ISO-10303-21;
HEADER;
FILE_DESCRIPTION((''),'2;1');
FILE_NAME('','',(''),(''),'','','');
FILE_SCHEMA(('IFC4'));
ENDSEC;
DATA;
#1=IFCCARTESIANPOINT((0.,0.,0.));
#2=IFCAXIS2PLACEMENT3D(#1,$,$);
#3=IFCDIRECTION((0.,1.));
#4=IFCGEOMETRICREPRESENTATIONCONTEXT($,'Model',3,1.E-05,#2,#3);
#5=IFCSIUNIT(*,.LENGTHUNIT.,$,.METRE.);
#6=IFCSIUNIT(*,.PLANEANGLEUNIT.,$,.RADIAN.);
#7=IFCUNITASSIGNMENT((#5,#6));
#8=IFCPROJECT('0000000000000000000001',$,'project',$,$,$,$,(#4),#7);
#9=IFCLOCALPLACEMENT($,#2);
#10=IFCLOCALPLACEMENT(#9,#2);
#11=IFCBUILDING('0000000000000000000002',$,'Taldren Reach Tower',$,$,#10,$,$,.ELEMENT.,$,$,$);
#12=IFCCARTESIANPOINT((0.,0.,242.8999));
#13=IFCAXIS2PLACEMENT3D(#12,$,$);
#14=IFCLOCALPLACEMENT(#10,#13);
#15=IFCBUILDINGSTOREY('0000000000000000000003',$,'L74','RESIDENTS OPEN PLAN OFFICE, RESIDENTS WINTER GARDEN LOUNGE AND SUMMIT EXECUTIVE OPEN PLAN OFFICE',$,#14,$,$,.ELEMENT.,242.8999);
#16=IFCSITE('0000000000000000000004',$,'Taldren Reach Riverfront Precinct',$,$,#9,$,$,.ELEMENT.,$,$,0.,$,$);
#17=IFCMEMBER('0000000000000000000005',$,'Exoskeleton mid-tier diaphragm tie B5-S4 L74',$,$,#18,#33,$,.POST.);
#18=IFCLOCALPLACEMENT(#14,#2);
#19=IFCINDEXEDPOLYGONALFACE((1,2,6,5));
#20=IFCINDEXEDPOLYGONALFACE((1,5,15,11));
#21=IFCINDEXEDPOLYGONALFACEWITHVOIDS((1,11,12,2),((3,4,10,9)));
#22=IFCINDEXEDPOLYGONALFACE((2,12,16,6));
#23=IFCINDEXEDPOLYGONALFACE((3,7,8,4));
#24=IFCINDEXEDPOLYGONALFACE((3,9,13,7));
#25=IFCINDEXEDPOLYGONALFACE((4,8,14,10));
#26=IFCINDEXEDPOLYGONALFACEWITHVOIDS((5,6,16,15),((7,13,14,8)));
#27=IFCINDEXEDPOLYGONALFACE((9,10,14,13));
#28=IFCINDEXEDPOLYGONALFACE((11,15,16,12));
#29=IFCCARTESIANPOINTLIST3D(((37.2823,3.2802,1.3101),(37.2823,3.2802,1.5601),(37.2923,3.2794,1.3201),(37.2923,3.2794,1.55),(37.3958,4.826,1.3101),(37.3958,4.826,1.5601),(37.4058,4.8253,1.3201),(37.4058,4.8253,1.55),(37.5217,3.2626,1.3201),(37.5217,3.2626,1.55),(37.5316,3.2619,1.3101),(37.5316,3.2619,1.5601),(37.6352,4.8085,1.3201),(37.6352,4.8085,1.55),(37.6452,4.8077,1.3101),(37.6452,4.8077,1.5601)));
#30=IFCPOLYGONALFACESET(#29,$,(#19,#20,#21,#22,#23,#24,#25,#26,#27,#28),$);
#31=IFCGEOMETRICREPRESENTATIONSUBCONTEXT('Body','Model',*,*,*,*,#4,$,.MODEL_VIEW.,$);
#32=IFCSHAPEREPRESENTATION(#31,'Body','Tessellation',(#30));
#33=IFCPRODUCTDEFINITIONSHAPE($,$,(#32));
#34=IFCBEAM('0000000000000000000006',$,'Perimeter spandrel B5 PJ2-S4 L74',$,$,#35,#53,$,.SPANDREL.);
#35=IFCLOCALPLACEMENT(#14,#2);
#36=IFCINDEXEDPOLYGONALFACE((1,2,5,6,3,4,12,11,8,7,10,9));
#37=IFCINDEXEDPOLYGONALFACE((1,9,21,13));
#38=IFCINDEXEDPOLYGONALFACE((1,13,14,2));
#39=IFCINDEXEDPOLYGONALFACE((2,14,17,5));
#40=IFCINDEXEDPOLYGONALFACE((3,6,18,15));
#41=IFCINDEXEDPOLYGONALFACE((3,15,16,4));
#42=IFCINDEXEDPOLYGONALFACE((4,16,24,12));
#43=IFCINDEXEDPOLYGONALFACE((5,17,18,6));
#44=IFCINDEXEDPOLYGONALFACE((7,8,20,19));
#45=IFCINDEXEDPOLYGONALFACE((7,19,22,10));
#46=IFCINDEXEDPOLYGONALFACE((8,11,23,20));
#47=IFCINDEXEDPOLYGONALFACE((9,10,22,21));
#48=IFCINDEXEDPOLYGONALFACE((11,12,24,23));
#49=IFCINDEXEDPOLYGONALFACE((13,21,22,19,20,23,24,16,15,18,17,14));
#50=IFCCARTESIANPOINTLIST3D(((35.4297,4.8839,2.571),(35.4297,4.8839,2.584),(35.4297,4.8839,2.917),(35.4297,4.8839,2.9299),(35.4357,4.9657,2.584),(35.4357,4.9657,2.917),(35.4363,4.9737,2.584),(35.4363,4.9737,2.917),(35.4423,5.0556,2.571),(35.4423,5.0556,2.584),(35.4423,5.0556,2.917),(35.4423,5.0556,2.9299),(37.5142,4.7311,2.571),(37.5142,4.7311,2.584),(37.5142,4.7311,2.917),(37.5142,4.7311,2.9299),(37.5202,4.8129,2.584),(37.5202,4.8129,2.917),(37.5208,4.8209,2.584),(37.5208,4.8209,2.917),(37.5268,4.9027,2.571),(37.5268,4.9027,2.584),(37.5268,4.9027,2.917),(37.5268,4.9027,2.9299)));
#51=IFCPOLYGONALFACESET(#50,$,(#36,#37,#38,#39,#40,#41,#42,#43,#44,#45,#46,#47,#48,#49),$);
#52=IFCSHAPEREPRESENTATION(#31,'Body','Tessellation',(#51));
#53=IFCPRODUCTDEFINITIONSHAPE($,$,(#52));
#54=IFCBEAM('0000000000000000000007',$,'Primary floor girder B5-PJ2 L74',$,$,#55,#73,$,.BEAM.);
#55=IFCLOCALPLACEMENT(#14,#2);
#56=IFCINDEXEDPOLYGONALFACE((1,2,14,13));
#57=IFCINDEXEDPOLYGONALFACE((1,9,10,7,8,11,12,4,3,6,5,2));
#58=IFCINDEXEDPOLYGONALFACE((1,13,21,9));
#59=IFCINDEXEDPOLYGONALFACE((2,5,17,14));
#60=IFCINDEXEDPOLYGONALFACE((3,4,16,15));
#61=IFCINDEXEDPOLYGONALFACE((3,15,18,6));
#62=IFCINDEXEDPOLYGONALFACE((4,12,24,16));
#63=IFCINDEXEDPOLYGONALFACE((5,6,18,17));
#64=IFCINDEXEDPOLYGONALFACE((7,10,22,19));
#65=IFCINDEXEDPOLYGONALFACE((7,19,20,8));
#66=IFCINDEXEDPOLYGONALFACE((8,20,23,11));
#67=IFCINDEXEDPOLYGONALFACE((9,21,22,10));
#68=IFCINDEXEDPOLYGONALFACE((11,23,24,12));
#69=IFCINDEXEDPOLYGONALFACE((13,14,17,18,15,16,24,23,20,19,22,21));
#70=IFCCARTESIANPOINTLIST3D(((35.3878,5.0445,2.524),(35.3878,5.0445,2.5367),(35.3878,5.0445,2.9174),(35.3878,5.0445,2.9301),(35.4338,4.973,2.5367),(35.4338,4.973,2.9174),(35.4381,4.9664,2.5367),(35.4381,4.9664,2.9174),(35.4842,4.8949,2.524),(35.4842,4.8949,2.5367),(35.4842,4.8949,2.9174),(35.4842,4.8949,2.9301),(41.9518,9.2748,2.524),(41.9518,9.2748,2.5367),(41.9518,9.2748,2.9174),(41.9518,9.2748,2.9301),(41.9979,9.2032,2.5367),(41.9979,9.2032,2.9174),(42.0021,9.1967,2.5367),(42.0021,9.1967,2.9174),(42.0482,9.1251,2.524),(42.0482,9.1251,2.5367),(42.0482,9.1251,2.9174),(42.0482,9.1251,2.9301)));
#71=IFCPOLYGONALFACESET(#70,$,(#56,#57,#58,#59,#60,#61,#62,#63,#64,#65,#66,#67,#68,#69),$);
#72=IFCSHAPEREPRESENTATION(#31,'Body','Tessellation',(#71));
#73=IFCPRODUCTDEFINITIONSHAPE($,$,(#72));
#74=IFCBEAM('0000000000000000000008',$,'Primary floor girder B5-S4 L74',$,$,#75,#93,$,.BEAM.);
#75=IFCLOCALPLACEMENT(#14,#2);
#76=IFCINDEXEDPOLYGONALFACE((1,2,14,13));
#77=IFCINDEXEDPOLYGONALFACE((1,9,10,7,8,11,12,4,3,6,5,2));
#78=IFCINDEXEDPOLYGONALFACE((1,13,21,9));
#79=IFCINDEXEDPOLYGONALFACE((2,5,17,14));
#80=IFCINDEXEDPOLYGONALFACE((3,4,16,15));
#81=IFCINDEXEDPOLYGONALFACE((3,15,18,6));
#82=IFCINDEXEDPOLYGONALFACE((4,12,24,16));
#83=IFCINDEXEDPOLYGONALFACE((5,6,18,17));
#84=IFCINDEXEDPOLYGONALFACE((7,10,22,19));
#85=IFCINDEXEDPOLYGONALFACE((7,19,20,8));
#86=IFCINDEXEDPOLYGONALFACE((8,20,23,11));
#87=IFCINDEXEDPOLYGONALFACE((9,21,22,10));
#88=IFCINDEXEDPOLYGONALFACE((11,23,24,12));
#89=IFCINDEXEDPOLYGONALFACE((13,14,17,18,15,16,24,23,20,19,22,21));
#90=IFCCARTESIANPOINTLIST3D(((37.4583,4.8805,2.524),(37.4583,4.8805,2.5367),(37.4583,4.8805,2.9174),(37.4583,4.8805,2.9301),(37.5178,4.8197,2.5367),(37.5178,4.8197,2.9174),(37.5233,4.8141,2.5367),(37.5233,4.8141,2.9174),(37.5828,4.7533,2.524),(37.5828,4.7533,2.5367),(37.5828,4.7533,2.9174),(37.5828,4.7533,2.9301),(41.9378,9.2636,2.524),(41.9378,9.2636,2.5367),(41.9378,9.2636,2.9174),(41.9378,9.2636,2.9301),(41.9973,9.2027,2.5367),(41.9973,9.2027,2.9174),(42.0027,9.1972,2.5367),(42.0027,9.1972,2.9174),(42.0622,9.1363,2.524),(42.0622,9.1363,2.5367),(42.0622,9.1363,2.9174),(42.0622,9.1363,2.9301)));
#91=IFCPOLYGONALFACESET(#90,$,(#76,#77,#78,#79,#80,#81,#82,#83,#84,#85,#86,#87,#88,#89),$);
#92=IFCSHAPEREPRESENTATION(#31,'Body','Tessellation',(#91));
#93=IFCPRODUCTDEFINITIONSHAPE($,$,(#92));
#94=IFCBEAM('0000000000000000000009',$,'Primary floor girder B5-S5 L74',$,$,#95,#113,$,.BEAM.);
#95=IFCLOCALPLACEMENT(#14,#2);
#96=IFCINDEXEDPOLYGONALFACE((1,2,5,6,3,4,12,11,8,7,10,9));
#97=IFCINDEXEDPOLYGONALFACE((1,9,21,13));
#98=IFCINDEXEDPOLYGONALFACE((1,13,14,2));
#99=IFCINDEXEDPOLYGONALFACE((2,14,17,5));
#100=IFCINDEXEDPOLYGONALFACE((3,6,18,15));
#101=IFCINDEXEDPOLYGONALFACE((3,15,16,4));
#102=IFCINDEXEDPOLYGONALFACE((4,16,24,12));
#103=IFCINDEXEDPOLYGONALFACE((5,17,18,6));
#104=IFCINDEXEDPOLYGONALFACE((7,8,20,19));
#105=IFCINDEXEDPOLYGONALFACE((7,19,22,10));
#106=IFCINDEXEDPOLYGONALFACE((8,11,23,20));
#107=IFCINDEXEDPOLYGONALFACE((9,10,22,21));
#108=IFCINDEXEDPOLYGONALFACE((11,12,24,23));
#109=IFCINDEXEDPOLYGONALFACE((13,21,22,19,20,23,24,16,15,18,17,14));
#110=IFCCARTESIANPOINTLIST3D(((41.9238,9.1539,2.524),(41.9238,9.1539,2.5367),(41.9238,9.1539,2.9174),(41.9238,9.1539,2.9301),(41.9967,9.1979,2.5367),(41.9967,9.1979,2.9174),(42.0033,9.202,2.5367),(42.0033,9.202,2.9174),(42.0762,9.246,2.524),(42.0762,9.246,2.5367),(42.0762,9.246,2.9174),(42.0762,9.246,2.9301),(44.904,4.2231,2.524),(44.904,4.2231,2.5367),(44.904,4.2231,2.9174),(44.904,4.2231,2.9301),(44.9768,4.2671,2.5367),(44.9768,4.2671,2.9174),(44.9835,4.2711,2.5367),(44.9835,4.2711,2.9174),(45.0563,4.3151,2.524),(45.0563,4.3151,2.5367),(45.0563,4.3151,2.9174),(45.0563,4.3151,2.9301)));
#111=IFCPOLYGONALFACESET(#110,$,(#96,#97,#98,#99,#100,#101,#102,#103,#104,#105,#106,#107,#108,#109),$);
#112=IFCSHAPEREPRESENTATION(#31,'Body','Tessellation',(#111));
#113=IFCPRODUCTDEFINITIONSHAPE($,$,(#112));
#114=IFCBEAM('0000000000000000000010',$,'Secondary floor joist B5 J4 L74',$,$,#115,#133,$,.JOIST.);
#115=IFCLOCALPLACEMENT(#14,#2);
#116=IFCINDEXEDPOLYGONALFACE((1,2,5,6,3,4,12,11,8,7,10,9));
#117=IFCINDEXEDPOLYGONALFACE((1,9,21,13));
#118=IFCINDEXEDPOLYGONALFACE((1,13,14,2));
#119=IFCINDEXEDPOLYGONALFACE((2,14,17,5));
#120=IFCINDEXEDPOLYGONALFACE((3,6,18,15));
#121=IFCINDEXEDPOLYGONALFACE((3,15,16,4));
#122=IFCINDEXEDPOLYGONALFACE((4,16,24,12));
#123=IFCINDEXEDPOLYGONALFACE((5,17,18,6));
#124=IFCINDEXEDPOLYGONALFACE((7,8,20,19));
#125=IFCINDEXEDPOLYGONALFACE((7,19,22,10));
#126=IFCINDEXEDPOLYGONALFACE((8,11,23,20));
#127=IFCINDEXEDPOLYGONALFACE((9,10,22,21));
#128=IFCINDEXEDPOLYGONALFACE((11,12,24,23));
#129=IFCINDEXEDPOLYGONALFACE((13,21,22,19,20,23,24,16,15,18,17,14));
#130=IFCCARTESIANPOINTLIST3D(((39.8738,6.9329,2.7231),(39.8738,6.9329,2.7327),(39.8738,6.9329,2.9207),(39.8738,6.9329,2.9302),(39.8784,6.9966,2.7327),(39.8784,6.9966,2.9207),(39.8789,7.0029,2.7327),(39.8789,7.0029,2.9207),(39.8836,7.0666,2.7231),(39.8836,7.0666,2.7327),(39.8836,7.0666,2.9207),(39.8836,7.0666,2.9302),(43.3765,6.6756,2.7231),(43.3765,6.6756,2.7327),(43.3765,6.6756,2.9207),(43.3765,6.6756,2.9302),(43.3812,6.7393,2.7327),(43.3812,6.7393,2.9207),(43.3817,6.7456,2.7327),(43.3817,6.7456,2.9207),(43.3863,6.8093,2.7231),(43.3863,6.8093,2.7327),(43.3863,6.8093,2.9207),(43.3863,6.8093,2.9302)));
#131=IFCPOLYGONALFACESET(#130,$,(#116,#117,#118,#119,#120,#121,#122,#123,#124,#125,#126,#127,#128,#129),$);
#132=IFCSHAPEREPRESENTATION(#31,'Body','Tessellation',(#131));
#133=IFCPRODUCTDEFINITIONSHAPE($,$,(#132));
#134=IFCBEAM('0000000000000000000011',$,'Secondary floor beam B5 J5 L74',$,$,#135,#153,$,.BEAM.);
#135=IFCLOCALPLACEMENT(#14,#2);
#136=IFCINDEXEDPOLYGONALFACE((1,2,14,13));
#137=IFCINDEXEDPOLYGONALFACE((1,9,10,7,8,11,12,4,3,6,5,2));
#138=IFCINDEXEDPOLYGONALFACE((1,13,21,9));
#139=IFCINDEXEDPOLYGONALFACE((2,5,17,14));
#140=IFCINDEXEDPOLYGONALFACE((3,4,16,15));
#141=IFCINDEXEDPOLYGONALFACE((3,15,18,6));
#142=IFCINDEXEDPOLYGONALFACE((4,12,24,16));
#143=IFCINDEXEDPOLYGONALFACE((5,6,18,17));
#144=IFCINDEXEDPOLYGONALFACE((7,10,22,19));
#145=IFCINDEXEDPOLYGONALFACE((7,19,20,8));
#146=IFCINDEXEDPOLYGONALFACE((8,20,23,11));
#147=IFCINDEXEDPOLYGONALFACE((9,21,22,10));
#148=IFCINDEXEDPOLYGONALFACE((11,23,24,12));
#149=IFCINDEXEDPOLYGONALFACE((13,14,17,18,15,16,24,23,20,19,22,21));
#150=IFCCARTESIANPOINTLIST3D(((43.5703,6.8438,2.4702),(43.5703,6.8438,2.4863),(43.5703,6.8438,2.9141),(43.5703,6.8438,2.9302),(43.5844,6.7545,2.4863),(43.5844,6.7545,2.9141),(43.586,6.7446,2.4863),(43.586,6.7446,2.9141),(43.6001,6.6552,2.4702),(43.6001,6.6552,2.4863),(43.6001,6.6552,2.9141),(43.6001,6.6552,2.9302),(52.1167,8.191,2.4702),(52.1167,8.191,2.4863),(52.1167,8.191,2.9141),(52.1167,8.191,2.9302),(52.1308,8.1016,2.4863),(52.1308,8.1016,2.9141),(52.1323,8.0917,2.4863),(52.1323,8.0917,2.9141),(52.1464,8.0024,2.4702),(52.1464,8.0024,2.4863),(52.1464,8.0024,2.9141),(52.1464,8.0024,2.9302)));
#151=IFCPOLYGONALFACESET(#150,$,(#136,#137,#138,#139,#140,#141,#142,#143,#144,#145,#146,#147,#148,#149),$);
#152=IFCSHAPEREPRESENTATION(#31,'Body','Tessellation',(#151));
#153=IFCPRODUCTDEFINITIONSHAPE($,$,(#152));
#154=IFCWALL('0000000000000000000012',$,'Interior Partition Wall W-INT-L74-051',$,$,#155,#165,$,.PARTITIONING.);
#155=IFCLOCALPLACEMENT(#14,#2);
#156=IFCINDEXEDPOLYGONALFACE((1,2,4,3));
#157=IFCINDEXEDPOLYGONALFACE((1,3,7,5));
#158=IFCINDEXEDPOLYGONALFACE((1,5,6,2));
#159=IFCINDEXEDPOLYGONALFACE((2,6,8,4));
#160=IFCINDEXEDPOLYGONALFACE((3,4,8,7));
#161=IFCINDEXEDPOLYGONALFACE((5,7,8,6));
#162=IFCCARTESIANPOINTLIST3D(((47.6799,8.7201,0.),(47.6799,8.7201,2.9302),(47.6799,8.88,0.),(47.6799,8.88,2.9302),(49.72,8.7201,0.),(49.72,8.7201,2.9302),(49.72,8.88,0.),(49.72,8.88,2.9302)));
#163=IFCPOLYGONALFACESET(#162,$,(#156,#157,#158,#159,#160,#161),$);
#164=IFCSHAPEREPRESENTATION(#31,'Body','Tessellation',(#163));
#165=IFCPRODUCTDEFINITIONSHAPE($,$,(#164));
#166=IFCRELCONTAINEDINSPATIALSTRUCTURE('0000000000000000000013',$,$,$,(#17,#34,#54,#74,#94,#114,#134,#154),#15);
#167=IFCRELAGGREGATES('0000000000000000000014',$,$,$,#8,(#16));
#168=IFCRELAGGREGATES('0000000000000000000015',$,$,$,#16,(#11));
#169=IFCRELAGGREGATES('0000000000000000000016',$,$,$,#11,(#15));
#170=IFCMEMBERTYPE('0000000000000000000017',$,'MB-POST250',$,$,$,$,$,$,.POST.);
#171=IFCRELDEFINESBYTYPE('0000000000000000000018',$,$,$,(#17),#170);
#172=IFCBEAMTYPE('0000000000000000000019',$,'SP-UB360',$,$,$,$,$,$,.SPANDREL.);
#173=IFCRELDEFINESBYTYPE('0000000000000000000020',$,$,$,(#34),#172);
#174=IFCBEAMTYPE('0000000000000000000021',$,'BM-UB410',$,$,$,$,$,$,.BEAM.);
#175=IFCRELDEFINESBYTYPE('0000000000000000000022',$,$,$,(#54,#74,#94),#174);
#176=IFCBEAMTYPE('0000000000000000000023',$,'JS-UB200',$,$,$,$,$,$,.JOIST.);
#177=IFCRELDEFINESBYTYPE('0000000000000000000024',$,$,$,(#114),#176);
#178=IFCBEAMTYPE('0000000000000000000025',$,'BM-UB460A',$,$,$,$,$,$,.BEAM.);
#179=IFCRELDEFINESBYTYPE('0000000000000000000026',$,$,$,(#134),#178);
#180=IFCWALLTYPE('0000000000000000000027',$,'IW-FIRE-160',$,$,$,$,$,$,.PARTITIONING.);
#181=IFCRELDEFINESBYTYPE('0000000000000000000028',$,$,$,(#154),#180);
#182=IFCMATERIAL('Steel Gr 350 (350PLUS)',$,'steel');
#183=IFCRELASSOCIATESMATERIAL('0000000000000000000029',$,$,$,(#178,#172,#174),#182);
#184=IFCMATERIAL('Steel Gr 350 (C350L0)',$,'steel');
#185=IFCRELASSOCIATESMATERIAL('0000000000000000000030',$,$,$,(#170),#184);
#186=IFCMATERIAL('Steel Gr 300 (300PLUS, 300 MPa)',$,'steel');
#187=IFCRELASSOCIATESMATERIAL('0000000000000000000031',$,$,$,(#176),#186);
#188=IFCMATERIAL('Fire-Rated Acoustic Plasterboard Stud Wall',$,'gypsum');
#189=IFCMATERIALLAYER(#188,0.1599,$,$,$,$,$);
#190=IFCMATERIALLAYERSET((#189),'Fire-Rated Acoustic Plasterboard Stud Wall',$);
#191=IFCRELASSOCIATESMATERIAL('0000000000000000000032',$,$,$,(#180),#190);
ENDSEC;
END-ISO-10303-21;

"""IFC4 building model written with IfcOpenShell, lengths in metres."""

from ifc_helpers import new_model, si_unit, direction, frame, frame_2d, origin, origin_2d, place, context, subcontext, project, spatial, rectangle, hollow_rectangle, i_section, extrude, source, transform, mapped, material, layer, layer_set, material_profile, profile_set, type_object, element, save


model = new_model("IFC4")

# Units and contexts
model_context = context("Model", 3, precision=1e-05, world=origin(), true_north=direction((0.0, 1.0)))
body_context = subcontext(model_context, "Body", "Model", "MODEL_VIEW")
ifc_project = project(units=[si_unit("LENGTHUNIT", "METRE"), si_unit("PLANEANGLEUNIT", "RADIAN")], contexts=[model_context])

# Site, building, storey
site_placement = place(None, origin())
site = spatial("IfcSite", under=ifc_project, at=site_placement, Name="Taldren Reach Riverfront Precinct", CompositionType="ELEMENT", RefElevation=0.0)
building_placement = place(site_placement, origin())
building = spatial("IfcBuilding", under=site, at=building_placement, Name="Taldren Reach Tower", CompositionType="ELEMENT")
storey_placement = place(building_placement, frame((0.0, 0.0, 242.8999)))
storey = spatial("IfcBuildingStorey", under=building, at=storey_placement, Name="L74", Description="RESIDENTS OPEN PLAN OFFICE, RESIDENTS WINTER GARDEN LOUNGE AND SUMMIT EXECUTIVE OPEN PLAN OFFICE", CompositionType="ELEMENT", Elevation=242.8999)

# Shared definitions
ifc_material_1 = material(Name="Steel Gr 350 (350PLUS)", Category="steel")
ifc_material_2 = material(Name="Steel Gr 350 (C350L0)", Category="steel")

# Shared definitions
ifc_material_profile_1 = material_profile(ifc_material_1, i_section(OverallWidth=0.1909, OverallDepth=0.46, WebThickness=0.01, FlangeThickness=0.0161, at=origin_2d()), Name="460UB82.1")
ifc_profile_set_1 = profile_set([ifc_material_profile_1], Name="Steel Gr 350 (350PLUS)")
beam_type_1 = type_object("IfcBeamType", Name="BM-UB460A", PredefinedType="BEAM", material=ifc_profile_set_1)

# Member
ifc_material_profile_2 = material_profile(ifc_material_2, hollow_rectangle(XDim=0.25, YDim=0.25, WallThickness=0.01, at=origin_2d()), Name="250x250x10.0SHS")
ifc_profile_set_2 = profile_set([ifc_material_profile_2], Name="Steel Gr 350 (C350L0)")
member_type = type_object("IfcMemberType", Name="MB-POST250", PredefinedType="POST", material=ifc_profile_set_2)
shared_shape_1 = source(origin(), body_context, "Body", "SweptSolid", [
    extrude(hollow_rectangle(XDim=0.25, YDim=0.25, WallThickness=0.01, at=origin_2d()), origin(), (0.0, 0.0, 1.0), 1.55),
])
for number, where, z_axis, x_axis, name in (
    (1, (37.5205, 4.8169, 1.4351), (-0.073239, -0.997314, 0.0), (0.997314, -0.073239, 0.0), "Exoskeleton mid-tier diaphragm tie B5-S4 L74"),
):
    element("IfcMember", number, at=place(storey_placement, frame(where, z_axis=z_axis, x_axis=x_axis)), inside=storey, type_object=member_type, Name=name, PredefinedType="POST", context=body_context, shape_type="MappedRepresentation", body=[
        mapped(shared_shape_1, transform((0.0, 0.0, 0.0), scale=1.0)),
    ])

# Beams
ifc_material_profile_3 = material_profile(ifc_material_1, i_section(OverallWidth=0.1721, OverallDepth=0.3589, WebThickness=0.0081, FlangeThickness=0.0129, at=origin_2d()), Name="360UB56.7")
ifc_profile_set_3 = profile_set([ifc_material_profile_3], Name="Steel Gr 350 (350PLUS)")
beam_type_2 = type_object("IfcBeamType", Name="SP-UB360", PredefinedType="SPANDREL", material=ifc_profile_set_3)
shared_shape_2 = source(origin(), body_context, "Body", "SweptSolid", [
    extrude(i_section(OverallWidth=0.1721, OverallDepth=0.3589, WebThickness=0.0081, FlangeThickness=0.0129, at=origin_2d()), origin(), (0.0, 0.0, 1.0), 2.0901),
])
beam_1_placement = place(storey_placement, frame((35.436, 4.9697, 2.7505), z_axis=(0.997323, -0.073123, 0.0), x_axis=(0.073123, 0.997323, 0.0)))
element("IfcBeam", 2, at=beam_1_placement, inside=storey, type_object=beam_type_2, Name="Perimeter spandrel B5 PJ2-S4 L74", PredefinedType="SPANDREL", context=body_context, shape_type="MappedRepresentation", body=[
    mapped(shared_shape_2, transform((0.0, 0.0, 0.0), scale=1.0)),
])
ifc_material_profile_4 = material_profile(ifc_material_1, i_section(OverallWidth=0.178, OverallDepth=0.406, WebThickness=0.0078, FlangeThickness=0.0127, at=origin_2d()), Name="410UB59.7")
ifc_profile_set_4 = profile_set([ifc_material_profile_4], Name="Steel Gr 350 (350PLUS)")
beam_type_3 = type_object("IfcBeamType", Name="BM-UB410", PredefinedType="BEAM", material=ifc_profile_set_4)
shared_shape_3 = source(origin(), body_context, "Body", "SweptSolid", [
    extrude(i_section(OverallWidth=0.178, OverallDepth=0.406, WebThickness=0.0078, FlangeThickness=0.0127, at=origin_2d()), origin(), (0.0, 0.0, 1.0), 7.8091),
])
beam_2_placement = place(storey_placement, frame((42.0, 9.2, 2.7271), z_axis=(-0.840564, -0.541712, 0.0), x_axis=(0.541712, -0.840564, 0.0)))
element("IfcBeam", 3, at=beam_2_placement, inside=storey, type_object=beam_type_3, Name="Primary floor girder B5-PJ2 L74", PredefinedType="BEAM", context=body_context, shape_type="MappedRepresentation", body=[
    mapped(shared_shape_3, transform((0.0, 0.0, 0.0), scale=1.0)),
])
shared_shape_4 = source(origin(), body_context, "Body", "SweptSolid", [
    extrude(i_section(OverallWidth=0.178, OverallDepth=0.406, WebThickness=0.0078, FlangeThickness=0.0127, at=origin_2d()), origin(), (0.0, 0.0, 1.0), 6.2671),
])
beam_3_placement = place(storey_placement, frame((42.0, 9.2, 2.7271), z_axis=(-0.714759, -0.699371, 0.0), x_axis=(0.699371, -0.714759, 0.0)))
element("IfcBeam", 4, at=beam_3_placement, inside=storey, type_object=beam_type_3, Name="Primary floor girder B5-S4 L74", PredefinedType="BEAM", context=body_context, shape_type="MappedRepresentation", body=[
    mapped(shared_shape_4, transform((0.0, 0.0, 0.0), scale=1.0)),
])
shared_shape_5 = source(origin(), body_context, "Body", "SweptSolid", [
    extrude(i_section(OverallWidth=0.178, OverallDepth=0.406, WebThickness=0.0078, FlangeThickness=0.0127, at=origin_2d()), origin(), (0.0, 0.0, 1.0), 5.7615),
])
beam_4_placement = place(storey_placement, frame((42.0, 9.2, 2.7271), z_axis=(0.51726, -0.855828, 0.0), x_axis=(0.855828, 0.51726, 0.0)))
element("IfcBeam", 5, at=beam_4_placement, inside=storey, type_object=beam_type_3, Name="Primary floor girder B5-S5 L74", PredefinedType="BEAM", context=body_context, shape_type="MappedRepresentation", body=[
    mapped(shared_shape_5, transform((0.0, 0.0, 0.0), scale=1.0)),
])
ifc_material_3 = material(Name="Steel Gr 300 (300PLUS, 300 MPa)", Category="steel")
ifc_material_profile_5 = material_profile(ifc_material_3, i_section(OverallWidth=0.134, OverallDepth=0.207, WebThickness=0.0063, FlangeThickness=0.0095, at=origin_2d()), Name="200UB29.8")
ifc_profile_set_5 = profile_set([ifc_material_profile_5], Name="Steel Gr 300 (300PLUS, 300 MPa)")
beam_type_4 = type_object("IfcBeamType", Name="JS-UB200", PredefinedType="JOIST", material=ifc_profile_set_5)
shared_shape_6 = source(origin(), body_context, "Body", "SweptSolid", [
    extrude(i_section(OverallWidth=0.134, OverallDepth=0.207, WebThickness=0.0063, FlangeThickness=0.0095, at=origin_2d()), origin(), (0.0, 0.0, 1.0), 3.5122),
])
beam_5_placement = place(storey_placement, frame((39.8787, 6.9998, 2.8267), z_axis=(0.997312, -0.073267, 0.0), x_axis=(0.073267, 0.997312, 0.0)))
element("IfcBeam", 6, at=beam_5_placement, inside=storey, type_object=beam_type_4, Name="Secondary floor joist B5 J4 L74", PredefinedType="JOIST", context=body_context, shape_type="MappedRepresentation", body=[
    mapped(shared_shape_6, transform((0.0, 0.0, 0.0), scale=1.0)),
])
shared_shape_7 = source(origin(), body_context, "Body", "SweptSolid", [
    extrude(i_section(OverallWidth=0.1909, OverallDepth=0.46, WebThickness=0.01, FlangeThickness=0.0161, at=origin_2d()), origin(), (0.0, 0.0, 1.0), 8.6519),
])
beam_6_placement = place(storey_placement, frame((43.5852, 6.7495, 2.7002), z_axis=(0.987803, 0.155708, 0.0), x_axis=(-0.155708, 0.987803, 0.0)))
element("IfcBeam", 7, at=beam_6_placement, inside=storey, type_object=beam_type_1, Name="Secondary floor beam B5 J5 L74", PredefinedType="BEAM", context=body_context, shape_type="MappedRepresentation", body=[
    mapped(shared_shape_7, transform((0.0, 0.0, 0.0), scale=1.0)),
])

# Wall
ifc_material_4 = material(Name="Fire-Rated Acoustic Plasterboard Stud Wall", Category="gypsum")
ifc_layer_1 = layer(ifc_material_4, 0.1599)
ifc_layer_set_1 = layer_set([ifc_layer_1], Name="Fire-Rated Acoustic Plasterboard Stud Wall")
wall_type_1 = type_object("IfcWallType", Name="IW-FIRE-160", PredefinedType="PARTITIONING", material=ifc_layer_set_1)
shared_shape_8 = source(origin(), body_context, "Body", "SweptSolid", [
    extrude(rectangle(XDim=2.04, YDim=0.1599, at=frame_2d((1.02, 0.0))), origin(), (0.0, 0.0, 1.0), 2.9302),
])
wall_1_placement = place(storey_placement, frame((49.72, 8.8, 0.0), z_axis=(0.0, 0.0, 1.0), x_axis=(-1.0, 0.0, 0.0)))
element("IfcWall", 8, at=wall_1_placement, inside=storey, type_object=wall_type_1, Name="Interior Partition Wall W-INT-L74-051", PredefinedType="PARTITIONING", context=body_context, shape_type="MappedRepresentation", body=[
    mapped(shared_shape_8, transform((0.0, 0.0, 0.0), scale=1.0)),
])

save(model, "model.ifc")
